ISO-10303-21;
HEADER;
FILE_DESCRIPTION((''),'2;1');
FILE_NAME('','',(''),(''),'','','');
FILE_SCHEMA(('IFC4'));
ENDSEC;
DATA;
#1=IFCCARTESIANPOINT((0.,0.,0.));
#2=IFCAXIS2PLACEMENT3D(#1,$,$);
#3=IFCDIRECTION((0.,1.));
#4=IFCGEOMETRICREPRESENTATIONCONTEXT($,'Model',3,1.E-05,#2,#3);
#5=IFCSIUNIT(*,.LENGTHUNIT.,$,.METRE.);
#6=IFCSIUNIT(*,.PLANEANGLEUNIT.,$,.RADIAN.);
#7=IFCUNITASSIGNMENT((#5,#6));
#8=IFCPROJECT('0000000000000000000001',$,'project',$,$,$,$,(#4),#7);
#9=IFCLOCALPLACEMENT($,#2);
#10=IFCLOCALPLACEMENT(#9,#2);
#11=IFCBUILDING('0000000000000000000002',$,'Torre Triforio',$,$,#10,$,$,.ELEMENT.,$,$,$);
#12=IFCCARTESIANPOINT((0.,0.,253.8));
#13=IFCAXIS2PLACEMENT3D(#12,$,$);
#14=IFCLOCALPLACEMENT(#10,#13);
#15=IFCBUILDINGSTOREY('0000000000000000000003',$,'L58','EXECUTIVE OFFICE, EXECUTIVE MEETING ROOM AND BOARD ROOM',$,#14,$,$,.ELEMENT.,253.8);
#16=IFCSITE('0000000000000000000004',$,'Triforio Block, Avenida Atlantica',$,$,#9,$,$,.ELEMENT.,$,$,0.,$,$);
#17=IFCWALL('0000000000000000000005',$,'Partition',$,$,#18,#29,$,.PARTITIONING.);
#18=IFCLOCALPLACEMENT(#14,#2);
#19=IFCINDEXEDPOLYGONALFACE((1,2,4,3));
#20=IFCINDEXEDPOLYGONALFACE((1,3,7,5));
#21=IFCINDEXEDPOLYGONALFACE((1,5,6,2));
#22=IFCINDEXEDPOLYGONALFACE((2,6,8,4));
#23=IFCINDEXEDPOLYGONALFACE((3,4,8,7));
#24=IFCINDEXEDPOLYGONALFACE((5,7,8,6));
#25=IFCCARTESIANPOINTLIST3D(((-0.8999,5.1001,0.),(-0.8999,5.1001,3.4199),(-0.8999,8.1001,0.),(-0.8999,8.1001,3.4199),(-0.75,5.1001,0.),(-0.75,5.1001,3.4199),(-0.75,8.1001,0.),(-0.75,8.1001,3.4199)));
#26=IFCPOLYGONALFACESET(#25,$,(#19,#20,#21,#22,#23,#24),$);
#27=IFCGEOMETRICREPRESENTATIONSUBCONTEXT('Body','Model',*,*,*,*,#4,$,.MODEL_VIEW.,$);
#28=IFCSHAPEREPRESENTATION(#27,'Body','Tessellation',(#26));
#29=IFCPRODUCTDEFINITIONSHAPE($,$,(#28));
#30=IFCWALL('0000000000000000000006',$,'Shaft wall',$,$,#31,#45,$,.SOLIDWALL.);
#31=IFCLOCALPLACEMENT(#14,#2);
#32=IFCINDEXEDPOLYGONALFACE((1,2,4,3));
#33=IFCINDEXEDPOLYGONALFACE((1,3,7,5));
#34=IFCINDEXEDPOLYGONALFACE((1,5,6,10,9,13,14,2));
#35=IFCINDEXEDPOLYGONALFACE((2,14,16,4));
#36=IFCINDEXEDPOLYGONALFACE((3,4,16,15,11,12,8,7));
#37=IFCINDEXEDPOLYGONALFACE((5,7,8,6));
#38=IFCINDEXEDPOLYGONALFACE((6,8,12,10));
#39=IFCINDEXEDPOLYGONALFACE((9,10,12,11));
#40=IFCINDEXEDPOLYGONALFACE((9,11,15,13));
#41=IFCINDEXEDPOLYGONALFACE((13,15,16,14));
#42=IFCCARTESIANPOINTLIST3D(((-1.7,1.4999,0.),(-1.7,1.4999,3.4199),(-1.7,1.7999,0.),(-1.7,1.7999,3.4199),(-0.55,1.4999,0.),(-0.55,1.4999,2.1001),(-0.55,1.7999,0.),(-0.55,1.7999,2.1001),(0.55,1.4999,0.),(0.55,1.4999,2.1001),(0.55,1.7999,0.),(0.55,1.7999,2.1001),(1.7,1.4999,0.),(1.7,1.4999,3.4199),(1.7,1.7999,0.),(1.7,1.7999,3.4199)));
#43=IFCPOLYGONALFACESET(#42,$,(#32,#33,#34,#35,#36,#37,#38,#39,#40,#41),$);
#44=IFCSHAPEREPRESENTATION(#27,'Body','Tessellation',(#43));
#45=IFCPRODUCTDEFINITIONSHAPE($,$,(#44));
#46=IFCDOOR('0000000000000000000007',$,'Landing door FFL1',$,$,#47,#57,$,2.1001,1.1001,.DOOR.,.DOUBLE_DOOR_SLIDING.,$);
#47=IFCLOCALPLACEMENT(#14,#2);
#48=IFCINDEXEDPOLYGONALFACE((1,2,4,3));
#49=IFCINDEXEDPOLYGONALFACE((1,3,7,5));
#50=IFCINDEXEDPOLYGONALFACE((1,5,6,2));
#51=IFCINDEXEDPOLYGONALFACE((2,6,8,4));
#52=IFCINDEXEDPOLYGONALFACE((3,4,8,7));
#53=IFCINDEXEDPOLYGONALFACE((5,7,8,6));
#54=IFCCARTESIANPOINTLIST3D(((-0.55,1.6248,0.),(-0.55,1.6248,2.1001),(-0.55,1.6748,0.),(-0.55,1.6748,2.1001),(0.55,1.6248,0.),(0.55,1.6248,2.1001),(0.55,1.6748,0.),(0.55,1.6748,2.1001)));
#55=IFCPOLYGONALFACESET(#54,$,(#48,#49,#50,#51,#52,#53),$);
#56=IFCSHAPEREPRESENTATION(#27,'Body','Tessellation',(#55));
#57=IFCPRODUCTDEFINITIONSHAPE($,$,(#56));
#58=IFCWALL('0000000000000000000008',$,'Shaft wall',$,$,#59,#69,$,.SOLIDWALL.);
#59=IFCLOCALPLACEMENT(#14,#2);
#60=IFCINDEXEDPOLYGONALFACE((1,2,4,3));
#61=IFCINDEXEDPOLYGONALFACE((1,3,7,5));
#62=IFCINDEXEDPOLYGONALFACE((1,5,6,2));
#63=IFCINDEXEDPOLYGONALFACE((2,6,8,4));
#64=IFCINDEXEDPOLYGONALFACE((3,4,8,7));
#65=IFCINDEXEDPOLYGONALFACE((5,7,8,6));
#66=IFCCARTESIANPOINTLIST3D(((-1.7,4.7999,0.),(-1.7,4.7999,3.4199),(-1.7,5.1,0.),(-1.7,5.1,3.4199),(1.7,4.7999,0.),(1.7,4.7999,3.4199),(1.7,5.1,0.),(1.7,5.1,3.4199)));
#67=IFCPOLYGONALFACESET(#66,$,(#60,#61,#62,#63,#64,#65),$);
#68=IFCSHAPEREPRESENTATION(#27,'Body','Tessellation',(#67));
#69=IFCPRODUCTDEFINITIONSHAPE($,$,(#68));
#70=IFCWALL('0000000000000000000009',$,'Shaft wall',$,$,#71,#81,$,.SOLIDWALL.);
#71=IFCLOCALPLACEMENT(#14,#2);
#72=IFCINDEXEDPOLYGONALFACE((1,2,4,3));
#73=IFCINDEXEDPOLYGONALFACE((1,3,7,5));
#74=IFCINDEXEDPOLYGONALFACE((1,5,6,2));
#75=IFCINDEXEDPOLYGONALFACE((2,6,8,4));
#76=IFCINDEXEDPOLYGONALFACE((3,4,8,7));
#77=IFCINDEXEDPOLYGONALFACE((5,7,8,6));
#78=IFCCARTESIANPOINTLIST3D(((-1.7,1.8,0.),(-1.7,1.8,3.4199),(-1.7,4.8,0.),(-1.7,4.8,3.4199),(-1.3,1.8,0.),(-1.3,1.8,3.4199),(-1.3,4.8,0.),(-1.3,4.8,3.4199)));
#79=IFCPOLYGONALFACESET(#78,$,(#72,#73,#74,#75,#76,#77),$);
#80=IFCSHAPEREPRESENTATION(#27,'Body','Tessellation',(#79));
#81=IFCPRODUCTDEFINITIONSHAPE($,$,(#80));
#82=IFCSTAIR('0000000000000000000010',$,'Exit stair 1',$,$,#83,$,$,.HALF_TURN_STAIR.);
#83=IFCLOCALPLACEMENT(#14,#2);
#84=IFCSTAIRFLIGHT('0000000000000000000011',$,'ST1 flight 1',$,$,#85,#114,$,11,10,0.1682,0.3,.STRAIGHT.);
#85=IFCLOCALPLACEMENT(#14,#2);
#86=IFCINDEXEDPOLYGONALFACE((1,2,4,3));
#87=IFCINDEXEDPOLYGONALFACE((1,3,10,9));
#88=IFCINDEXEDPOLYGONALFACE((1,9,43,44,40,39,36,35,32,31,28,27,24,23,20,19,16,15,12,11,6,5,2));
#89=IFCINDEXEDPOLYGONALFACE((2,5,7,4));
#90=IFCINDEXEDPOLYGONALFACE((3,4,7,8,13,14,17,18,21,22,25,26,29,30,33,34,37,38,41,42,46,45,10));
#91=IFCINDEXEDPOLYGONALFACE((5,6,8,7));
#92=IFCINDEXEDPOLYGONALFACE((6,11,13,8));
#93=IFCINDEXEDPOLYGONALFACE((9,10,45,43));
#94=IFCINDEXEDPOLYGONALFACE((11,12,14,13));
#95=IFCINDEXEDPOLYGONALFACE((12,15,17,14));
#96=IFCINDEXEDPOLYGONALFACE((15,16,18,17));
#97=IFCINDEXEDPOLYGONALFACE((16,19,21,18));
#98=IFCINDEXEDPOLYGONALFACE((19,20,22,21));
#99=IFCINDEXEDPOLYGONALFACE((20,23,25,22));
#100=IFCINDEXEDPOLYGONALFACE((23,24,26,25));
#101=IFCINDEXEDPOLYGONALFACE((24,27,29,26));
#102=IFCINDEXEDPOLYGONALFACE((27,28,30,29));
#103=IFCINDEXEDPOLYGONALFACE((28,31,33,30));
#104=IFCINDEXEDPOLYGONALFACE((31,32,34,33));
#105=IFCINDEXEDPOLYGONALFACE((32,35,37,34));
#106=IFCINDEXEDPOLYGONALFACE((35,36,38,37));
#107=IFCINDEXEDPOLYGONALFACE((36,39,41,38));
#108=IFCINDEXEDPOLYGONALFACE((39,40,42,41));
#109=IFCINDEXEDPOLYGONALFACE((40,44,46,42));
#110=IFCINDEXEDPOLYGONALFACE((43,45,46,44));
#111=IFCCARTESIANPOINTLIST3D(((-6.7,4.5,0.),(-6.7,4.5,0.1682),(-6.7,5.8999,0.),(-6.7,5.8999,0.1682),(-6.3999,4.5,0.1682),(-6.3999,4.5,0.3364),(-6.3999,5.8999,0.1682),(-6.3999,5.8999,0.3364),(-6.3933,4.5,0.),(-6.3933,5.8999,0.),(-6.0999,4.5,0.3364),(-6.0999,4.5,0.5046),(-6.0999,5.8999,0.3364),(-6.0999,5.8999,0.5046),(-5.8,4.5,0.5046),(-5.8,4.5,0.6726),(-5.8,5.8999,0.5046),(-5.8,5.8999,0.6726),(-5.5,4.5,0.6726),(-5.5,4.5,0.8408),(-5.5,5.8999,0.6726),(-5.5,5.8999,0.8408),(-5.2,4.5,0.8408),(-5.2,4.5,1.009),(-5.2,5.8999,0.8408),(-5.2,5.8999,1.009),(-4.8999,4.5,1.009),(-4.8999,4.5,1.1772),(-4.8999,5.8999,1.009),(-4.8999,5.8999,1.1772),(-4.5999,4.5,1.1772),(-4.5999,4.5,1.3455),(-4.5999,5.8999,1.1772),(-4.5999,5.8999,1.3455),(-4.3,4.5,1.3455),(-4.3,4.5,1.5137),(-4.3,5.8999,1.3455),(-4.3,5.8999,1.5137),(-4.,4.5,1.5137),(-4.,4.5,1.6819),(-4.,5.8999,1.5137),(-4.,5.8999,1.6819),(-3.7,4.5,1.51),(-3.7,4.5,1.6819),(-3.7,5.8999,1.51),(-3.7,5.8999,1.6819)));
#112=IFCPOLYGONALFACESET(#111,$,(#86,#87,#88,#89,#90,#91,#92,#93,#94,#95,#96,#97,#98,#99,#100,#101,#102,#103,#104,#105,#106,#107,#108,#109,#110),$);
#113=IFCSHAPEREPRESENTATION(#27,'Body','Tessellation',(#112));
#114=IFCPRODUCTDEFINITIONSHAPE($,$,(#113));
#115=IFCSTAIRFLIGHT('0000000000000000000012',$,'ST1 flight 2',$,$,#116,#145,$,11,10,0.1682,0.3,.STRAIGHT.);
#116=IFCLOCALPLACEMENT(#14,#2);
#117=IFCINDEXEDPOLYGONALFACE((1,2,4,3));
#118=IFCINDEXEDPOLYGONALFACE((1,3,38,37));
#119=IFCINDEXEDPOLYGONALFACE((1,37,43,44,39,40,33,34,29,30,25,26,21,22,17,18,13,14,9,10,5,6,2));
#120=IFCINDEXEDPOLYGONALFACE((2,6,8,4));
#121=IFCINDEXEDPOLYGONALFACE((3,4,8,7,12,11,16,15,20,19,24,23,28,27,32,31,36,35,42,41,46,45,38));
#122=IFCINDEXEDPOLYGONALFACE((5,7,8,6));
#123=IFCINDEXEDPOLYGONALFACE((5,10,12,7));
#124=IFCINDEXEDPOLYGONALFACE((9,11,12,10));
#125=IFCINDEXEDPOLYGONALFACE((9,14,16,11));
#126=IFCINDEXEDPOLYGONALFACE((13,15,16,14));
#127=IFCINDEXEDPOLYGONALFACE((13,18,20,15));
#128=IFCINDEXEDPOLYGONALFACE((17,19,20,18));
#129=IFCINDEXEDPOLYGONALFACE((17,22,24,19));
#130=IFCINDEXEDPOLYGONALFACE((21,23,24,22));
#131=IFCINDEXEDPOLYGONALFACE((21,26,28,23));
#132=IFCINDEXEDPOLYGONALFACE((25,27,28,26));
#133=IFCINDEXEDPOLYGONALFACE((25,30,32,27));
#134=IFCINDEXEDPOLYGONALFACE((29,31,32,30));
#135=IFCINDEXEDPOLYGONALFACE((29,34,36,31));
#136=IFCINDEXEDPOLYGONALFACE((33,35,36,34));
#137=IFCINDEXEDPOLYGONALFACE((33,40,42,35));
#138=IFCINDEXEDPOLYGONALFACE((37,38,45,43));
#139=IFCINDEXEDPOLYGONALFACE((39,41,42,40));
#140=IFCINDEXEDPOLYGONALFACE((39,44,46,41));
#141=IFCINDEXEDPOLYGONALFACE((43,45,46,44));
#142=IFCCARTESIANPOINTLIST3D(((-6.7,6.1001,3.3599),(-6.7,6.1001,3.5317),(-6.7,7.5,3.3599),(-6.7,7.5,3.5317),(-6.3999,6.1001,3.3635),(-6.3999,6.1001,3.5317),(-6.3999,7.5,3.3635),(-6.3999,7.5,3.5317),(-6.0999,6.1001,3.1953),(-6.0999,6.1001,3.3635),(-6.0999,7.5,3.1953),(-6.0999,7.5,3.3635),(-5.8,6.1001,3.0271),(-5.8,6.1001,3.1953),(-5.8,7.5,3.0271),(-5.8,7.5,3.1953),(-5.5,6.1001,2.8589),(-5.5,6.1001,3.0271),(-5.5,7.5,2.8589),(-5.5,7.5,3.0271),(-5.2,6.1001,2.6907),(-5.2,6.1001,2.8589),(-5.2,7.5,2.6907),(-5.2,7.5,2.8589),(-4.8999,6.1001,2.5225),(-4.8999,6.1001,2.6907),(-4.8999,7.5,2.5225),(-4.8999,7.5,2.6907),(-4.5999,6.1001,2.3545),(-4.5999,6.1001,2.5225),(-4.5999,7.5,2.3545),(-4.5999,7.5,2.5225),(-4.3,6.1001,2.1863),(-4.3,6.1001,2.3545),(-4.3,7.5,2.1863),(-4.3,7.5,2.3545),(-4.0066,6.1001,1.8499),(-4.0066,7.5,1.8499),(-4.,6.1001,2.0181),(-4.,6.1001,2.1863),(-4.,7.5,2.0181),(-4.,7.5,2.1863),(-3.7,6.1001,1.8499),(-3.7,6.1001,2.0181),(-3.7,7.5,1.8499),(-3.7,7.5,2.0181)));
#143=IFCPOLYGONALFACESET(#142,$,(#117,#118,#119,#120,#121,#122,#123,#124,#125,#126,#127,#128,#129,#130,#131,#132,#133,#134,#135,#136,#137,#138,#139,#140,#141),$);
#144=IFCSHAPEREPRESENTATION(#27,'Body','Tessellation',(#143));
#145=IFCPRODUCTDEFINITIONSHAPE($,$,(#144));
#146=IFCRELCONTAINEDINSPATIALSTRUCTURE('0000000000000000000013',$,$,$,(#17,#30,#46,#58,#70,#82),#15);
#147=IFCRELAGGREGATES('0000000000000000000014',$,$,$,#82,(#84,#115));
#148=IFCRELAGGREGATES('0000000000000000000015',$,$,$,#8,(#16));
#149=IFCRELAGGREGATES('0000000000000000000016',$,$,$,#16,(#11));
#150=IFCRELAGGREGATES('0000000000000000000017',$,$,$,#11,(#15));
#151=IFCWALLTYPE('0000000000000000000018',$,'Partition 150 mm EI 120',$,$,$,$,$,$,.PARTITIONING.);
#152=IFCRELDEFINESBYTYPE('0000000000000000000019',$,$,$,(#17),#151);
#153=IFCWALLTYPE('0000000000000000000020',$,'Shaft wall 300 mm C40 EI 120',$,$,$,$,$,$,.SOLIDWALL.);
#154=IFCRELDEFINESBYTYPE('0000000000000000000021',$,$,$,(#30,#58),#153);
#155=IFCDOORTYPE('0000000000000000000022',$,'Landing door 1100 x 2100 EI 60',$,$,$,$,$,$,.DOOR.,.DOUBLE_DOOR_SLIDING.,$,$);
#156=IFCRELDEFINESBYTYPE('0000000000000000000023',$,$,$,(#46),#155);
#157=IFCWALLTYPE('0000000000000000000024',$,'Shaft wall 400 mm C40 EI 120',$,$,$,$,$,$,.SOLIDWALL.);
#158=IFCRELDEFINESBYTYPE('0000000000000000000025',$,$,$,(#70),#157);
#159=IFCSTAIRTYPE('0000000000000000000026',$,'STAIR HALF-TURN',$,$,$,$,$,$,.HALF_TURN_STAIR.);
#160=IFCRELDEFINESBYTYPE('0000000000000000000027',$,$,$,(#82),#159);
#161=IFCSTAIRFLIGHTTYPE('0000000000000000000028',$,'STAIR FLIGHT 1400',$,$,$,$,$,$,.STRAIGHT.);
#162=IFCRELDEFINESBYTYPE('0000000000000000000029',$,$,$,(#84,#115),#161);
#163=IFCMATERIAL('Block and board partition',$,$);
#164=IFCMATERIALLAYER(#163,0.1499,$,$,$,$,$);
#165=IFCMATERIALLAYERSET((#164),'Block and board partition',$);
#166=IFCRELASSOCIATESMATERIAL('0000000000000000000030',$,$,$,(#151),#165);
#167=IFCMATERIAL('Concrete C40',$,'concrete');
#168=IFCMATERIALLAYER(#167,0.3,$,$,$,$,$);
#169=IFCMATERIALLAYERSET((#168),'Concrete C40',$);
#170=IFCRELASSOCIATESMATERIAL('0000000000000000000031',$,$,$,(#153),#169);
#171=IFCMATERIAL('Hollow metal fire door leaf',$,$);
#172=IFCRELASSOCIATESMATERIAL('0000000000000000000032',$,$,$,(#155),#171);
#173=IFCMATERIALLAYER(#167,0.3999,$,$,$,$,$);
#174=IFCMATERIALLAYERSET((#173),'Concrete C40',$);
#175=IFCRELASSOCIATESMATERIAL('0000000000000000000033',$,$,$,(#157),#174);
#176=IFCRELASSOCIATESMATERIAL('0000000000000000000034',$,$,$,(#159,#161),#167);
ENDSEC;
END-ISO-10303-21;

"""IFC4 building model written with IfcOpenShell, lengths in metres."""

from ifc_helpers import new_model, si_unit, direction, frame, frame_2d, origin, place, context, subcontext, project, spatial, polyline, rectangle, outline, extrude, material, layer, layer_set, type_object, element, fill, aggregate, save


model = new_model("IFC4")

# Units and contexts
model_context = context("Model", 3, precision=1e-05, world=origin(), true_north=direction((0.0, 1.0)))
body_context = subcontext(model_context, "Body", "Model", "MODEL_VIEW")
ifc_project = project(units=[si_unit("LENGTHUNIT", "METRE"), si_unit("PLANEANGLEUNIT", "RADIAN")], contexts=[model_context])

# Site, building, storey
site_placement = place(None, origin())
site = spatial("IfcSite", under=ifc_project, at=site_placement, Name="Triforio Block, Avenida Atlantica", CompositionType="ELEMENT", RefElevation=0.0)
building_placement = place(site_placement, origin())
building = spatial("IfcBuilding", under=site, at=building_placement, Name="Torre Triforio", CompositionType="ELEMENT")
storey_placement = place(building_placement, frame((0.0, 0.0, 253.8)))
storey = spatial("IfcBuildingStorey", under=building, at=storey_placement, Name="L58", Description="EXECUTIVE OFFICE, EXECUTIVE MEETING ROOM AND BOARD ROOM", CompositionType="ELEMENT", Elevation=253.8)

# Shared definitions
ifc_material_1 = material(Name="Concrete C40", Category="concrete")

# Wall
ifc_material_2 = material(Name="Block and board partition")
ifc_layer_1 = layer(ifc_material_2, 0.1499)
ifc_layer_set_1 = layer_set([ifc_layer_1], Name="Block and board partition")
wall_type_1 = type_object("IfcWallType", Name="Partition 150 mm EI 120", PredefinedType="PARTITIONING", material=ifc_layer_set_1)
wall_1_placement = place(storey_placement, frame((-0.825, 5.1001, 0.0), z_axis=(0.0, 0.0, 1.0), x_axis=(0.0, 1.0, 0.0)))
element("IfcWall", 1, at=wall_1_placement, inside=storey, type_object=wall_type_1, Name="Partition", PredefinedType="PARTITIONING", context=body_context, shape_type="SweptSolid", body=[
    extrude(rectangle(XDim=3.0, YDim=0.1499, at=frame_2d((1.5, 0.0))), origin(), (0.0, 0.0, 1.0), 3.4199),
])

# Wall, opening, door
ifc_layer_2 = layer(ifc_material_1, 0.3)
ifc_layer_set_2 = layer_set([ifc_layer_2], Name="Concrete C40")
wall_type_2 = type_object("IfcWallType", Name="Shaft wall 300 mm C40 EI 120", PredefinedType="SOLIDWALL", material=ifc_layer_set_2)
wall_2_placement = place(storey_placement, frame((-1.7, 1.6499, 0.0), z_axis=(0.0, 0.0, 1.0), x_axis=(1.0, 0.0, 0.0)))
wall_2 = element("IfcWall", 2, at=wall_2_placement, inside=storey, type_object=wall_type_2, Name="Shaft wall", PredefinedType="SOLIDWALL", context=body_context, shape_type="SweptSolid", body=[
    extrude(rectangle(XDim=3.3999, YDim=0.3, at=frame_2d((1.7, 0.0))), origin(), (0.0, 0.0, 1.0), 3.4199),
])
opening_placement = place(wall_2_placement, frame((1.1499, 0.0, 0.0)))
opening = element("IfcOpeningElement", 3, at=opening_placement, cuts=wall_2, PredefinedType="OPENING", context=body_context, shape_type="SweptSolid", body=[
    extrude(rectangle(XDim=1.1001, YDim=2.1001, at=frame_2d((0.55, 1.05))), frame((0.0, 0.1599, 0.0), z_axis=(0.0, -1.0, 0.0), x_axis=(1.0, 0.0, 0.0)), (0.0, 0.0, 1.0), 0.3201),
])
ifc_material_3 = material(Name="Hollow metal fire door leaf")
door_type = type_object("IfcDoorType", Name="Landing door 1100 x 2100 EI 60", OperationType="DOUBLE_DOOR_SLIDING", PredefinedType="DOOR", material=ifc_material_3)
door_placement = place(opening_placement, origin())
door = element("IfcDoor", 4, at=door_placement, inside=storey, type_object=door_type, Name="Landing door FFL1", OperationType="DOUBLE_DOOR_SLIDING", OverallHeight=2.1001, OverallWidth=1.1001, PredefinedType="DOOR", context=body_context, shape_type="SweptSolid", body=[
    extrude(rectangle(XDim=1.1001, YDim=2.1001, at=frame_2d((0.55, 1.05))), frame((0.0, 0.0249, 0.0), z_axis=(0.0, -1.0, 0.0), x_axis=(1.0, 0.0, 0.0)), (0.0, 0.0, 1.0), 0.05),
])
fill(opening, door)

# Walls
wall_3_placement = place(storey_placement, frame((-1.7, 4.95, 0.0), z_axis=(0.0, 0.0, 1.0), x_axis=(1.0, 0.0, 0.0)))
element("IfcWall", 5, at=wall_3_placement, inside=storey, type_object=wall_type_2, Name="Shaft wall", PredefinedType="SOLIDWALL", context=body_context, shape_type="SweptSolid", body=[
    extrude(rectangle(XDim=3.3999, YDim=0.3, at=frame_2d((1.7, 0.0))), origin(), (0.0, 0.0, 1.0), 3.4199),
])
ifc_layer_3 = layer(ifc_material_1, 0.3999)
ifc_layer_set_3 = layer_set([ifc_layer_3], Name="Concrete C40")
wall_type_3 = type_object("IfcWallType", Name="Shaft wall 400 mm C40 EI 120", PredefinedType="SOLIDWALL", material=ifc_layer_set_3)
wall_4_placement = place(storey_placement, frame((-1.5, 1.8, 0.0), z_axis=(0.0, 0.0, 1.0), x_axis=(0.0, 1.0, 0.0)))
element("IfcWall", 6, at=wall_4_placement, inside=storey, type_object=wall_type_3, Name="Shaft wall", PredefinedType="SOLIDWALL", context=body_context, shape_type="SweptSolid", body=[
    extrude(rectangle(XDim=3.0, YDim=0.3999, at=frame_2d((1.5, 0.0))), origin(), (0.0, 0.0, 1.0), 3.4199),
])

# Stair, stair flights
stair_type = type_object("IfcStairType", Name="STAIR HALF-TURN", PredefinedType="HALF_TURN_STAIR", material=ifc_material_1)
stair_placement = place(storey_placement, origin())
stair = element("IfcStair", 7, at=stair_placement, inside=storey, type_object=stair_type, Name="Exit stair 1", PredefinedType="HALF_TURN_STAIR")
stair_flight_type = type_object("IfcStairFlightType", Name="STAIR FLIGHT 1400", PredefinedType="STRAIGHT", material=ifc_material_1)
stair_flight_1_placement = place(storey_placement, frame((-6.7, 5.2, 0.0), z_axis=(0.0, 0.0, 1.0), x_axis=(1.0, 0.0, 0.0)))
stair_flight_1 = element("IfcStairFlight", 8, at=stair_flight_1_placement, type_object=stair_flight_type, Name="ST1 flight 1", NumberOfRisers=11, NumberOfTreads=10, PredefinedType="STRAIGHT", RiserHeight=0.1682, TreadLength=0.3, context=body_context, shape_type="SweptSolid", body=[
    extrude(outline(polyline([(0.0, 0.0), (0.0, 0.1682), (0.3, 0.1682), (0.3, 0.3364), (0.6001, 0.3364), (0.6001, 0.5046), (0.8999, 0.5046), (0.8999, 0.6726), (1.2, 0.6726), (1.2, 0.8408), (1.5, 0.8408), (1.5, 1.009), (1.8, 1.009), (1.8, 1.1772), (2.1001, 1.1772), (2.1001, 1.3455), (2.3999, 1.3455), (2.3999, 1.5137), (2.7, 1.5137), (2.7, 1.6819), (3.0, 1.6819), (3.0, 1.8501), (3.0, 1.51), (0.3066, 0.0), (0.0, 0.0)])), frame((0.0, 0.7, 0.0), z_axis=(0.0, -1.0, 0.0), x_axis=(1.0, 0.0, 0.0)), (0.0, 0.0, 1.0), 1.3999),
])
stair_flight_2_placement = place(storey_placement, frame((-3.7, 6.8, 1.8499), z_axis=(0.0, 0.0, 1.0), x_axis=(-1.0, 0.0, 0.0)))
stair_flight_2 = element("IfcStairFlight", 9, at=stair_flight_2_placement, type_object=stair_flight_type, Name="ST1 flight 2", NumberOfRisers=11, NumberOfTreads=10, PredefinedType="STRAIGHT", RiserHeight=0.1682, TreadLength=0.3, context=body_context, shape_type="SweptSolid", body=[
    extrude(outline(polyline([(0.0, 0.0), (0.0, 0.1682), (0.3, 0.1682), (0.3, 0.3364), (0.6001, 0.3364), (0.6001, 0.5046), (0.8999, 0.5046), (0.8999, 0.6726), (1.2, 0.6726), (1.2, 0.8408), (1.5, 0.8408), (1.5, 1.009), (1.8, 1.009), (1.8, 1.1772), (2.1001, 1.1772), (2.1001, 1.3455), (2.3999, 1.3455), (2.3999, 1.5137), (2.7, 1.5137), (2.7, 1.6819), (3.0, 1.6819), (3.0, 1.8501), (3.0, 1.51), (0.3066, 0.0), (0.0, 0.0)])), frame((0.0, 0.7, 0.0), z_axis=(0.0, -1.0, 0.0), x_axis=(1.0, 0.0, 0.0)), (0.0, 0.0, 1.0), 1.3999),
])
aggregate(stair, [stair_flight_1, stair_flight_2])

save(model, "model.ifc")
